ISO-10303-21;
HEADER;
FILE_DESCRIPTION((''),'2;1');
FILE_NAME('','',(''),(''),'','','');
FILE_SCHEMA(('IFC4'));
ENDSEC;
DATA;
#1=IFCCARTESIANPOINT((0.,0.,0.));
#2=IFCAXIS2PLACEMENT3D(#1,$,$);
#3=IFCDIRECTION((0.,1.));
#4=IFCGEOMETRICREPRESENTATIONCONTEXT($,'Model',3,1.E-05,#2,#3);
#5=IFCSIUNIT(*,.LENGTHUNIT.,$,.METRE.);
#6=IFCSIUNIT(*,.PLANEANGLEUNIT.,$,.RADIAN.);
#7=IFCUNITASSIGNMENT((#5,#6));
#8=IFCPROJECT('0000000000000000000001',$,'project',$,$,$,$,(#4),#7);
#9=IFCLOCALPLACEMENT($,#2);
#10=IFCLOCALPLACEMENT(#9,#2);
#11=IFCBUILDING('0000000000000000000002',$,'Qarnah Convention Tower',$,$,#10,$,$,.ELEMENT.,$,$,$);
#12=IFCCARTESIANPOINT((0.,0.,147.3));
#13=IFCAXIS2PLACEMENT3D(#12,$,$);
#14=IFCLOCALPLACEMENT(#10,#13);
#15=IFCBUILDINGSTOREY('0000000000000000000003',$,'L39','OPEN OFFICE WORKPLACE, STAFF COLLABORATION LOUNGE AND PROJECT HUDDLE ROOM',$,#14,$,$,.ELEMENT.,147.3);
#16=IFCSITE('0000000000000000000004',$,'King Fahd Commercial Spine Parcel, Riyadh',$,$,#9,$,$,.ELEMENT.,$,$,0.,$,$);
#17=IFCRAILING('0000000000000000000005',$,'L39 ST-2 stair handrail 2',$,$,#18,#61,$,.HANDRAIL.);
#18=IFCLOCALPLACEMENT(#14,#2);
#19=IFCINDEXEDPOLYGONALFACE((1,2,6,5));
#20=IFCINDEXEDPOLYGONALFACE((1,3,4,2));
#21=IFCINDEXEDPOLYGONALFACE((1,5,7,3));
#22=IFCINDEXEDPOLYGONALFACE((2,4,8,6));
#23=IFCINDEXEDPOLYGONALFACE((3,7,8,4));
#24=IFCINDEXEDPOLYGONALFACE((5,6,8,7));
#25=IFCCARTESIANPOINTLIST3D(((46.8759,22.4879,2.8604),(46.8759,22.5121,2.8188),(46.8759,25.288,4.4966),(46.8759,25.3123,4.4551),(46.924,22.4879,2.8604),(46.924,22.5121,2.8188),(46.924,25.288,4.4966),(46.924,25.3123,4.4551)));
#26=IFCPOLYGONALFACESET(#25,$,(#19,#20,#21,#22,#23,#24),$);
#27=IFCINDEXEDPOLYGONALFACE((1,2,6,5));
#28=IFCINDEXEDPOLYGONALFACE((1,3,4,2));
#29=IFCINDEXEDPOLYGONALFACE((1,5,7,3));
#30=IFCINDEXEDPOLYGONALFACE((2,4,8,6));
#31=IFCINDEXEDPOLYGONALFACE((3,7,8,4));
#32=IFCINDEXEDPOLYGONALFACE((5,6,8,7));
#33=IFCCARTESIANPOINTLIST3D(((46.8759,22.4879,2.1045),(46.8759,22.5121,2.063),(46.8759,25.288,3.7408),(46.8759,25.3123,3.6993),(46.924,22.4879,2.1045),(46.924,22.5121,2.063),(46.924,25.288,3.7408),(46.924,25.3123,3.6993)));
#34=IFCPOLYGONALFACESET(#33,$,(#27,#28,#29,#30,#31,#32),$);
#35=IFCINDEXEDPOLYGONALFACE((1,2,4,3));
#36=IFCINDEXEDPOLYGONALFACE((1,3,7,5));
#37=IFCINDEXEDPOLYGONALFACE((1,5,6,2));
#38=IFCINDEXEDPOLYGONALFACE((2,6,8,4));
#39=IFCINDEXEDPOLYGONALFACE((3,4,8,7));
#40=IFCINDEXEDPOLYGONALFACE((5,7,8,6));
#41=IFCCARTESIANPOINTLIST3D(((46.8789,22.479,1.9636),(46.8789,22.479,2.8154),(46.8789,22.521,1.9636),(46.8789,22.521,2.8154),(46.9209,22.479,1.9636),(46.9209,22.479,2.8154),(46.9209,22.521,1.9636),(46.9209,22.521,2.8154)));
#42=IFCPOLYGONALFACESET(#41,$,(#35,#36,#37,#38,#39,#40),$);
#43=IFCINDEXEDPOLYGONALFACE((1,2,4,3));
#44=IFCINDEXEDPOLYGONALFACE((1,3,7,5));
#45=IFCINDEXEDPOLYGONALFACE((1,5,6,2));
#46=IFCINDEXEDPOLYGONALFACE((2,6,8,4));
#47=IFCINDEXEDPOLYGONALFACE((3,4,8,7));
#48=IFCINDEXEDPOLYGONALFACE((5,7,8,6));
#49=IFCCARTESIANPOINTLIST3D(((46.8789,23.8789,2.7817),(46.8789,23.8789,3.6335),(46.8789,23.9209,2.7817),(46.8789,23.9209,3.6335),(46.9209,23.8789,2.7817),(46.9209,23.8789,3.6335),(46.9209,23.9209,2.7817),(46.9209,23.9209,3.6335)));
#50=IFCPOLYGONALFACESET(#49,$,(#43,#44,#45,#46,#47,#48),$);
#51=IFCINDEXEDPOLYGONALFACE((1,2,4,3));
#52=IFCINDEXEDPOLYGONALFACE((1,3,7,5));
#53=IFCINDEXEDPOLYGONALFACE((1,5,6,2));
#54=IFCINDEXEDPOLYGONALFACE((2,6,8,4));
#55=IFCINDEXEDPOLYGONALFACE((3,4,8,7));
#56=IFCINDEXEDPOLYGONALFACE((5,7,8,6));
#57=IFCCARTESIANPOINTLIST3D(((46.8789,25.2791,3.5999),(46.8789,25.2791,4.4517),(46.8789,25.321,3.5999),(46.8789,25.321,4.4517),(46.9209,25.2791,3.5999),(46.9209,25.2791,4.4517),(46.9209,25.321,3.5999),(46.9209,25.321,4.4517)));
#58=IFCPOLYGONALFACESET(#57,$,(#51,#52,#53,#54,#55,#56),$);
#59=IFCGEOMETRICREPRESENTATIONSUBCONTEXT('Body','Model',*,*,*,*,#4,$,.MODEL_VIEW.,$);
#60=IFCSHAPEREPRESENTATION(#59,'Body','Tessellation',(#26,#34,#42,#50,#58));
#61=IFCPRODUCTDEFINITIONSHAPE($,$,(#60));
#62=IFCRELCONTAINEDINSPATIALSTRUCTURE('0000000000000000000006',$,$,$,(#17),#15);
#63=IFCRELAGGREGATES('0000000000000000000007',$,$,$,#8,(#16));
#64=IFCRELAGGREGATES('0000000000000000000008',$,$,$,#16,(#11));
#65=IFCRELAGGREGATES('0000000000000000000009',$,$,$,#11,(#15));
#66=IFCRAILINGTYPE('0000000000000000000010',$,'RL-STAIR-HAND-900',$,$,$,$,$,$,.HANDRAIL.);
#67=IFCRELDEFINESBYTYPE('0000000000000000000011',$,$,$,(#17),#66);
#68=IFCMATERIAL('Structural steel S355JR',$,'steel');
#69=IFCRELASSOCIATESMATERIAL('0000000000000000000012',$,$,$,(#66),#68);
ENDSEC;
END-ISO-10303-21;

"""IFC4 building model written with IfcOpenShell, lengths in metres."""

from ifc_helpers import new_model, si_unit, direction, frame, origin, origin_2d, place, context, subcontext, project, spatial, rectangle, extrude, material, type_object, element, save


model = new_model("IFC4")

# Units and contexts
model_context = context("Model", 3, precision=1e-05, world=origin(), true_north=direction((0.0, 1.0)))
body_context = subcontext(model_context, "Body", "Model", "MODEL_VIEW")
ifc_project = project(units=[si_unit("LENGTHUNIT", "METRE"), si_unit("PLANEANGLEUNIT", "RADIAN")], contexts=[model_context])

# Site, building, storey
site_placement = place(None, origin())
site = spatial("IfcSite", under=ifc_project, at=site_placement, Name="King Fahd Commercial Spine Parcel, Riyadh", CompositionType="ELEMENT", RefElevation=0.0)
building_placement = place(site_placement, origin())
building = spatial("IfcBuilding", under=site, at=building_placement, Name="Qarnah Convention Tower", CompositionType="ELEMENT")
storey_placement = place(building_placement, frame((0.0, 0.0, 147.3)))
storey = spatial("IfcBuildingStorey", under=building, at=storey_placement, Name="L39", Description="OPEN OFFICE WORKPLACE, STAFF COLLABORATION LOUNGE AND PROJECT HUDDLE ROOM", CompositionType="ELEMENT", Elevation=147.3)

# Shared definitions
ifc_material_1 = material(Name="Structural steel S355JR", Category="steel")

# Railing
railing_type_1 = type_object("IfcRailingType", Name="RL-STAIR-HAND-900", PredefinedType="HANDRAIL", material=ifc_material_1)
railing_1_placement = place(storey_placement, frame((46.8999, 22.5, 1.9636)))
element("IfcRailing", 1, at=railing_1_placement, inside=storey, type_object=railing_type_1, Name="L39 ST-2 stair handrail 2", PredefinedType="HANDRAIL", context=body_context, shape_type="SweptSolid", body=[
    extrude(rectangle(XDim=0.0481, YDim=0.0481, at=origin_2d()), frame((0.0, 0.0, 0.876), z_axis=(0.0, 0.863394, 0.504531), x_axis=(-1.0, 0.0, 0.0)), (0.0, 0.0, 1.0), 3.2432),
    extrude(rectangle(XDim=0.0481, YDim=0.0481, at=origin_2d()), frame((0.0, 0.0, 0.1201), z_axis=(0.0, 0.863394, 0.504531), x_axis=(-1.0, 0.0, 0.0)), (0.0, 0.0, 1.0), 3.2432),
    extrude(rectangle(XDim=0.042, YDim=0.042, at=origin_2d()), origin(), (0.0, 0.0, 1.0), 0.8518),
    extrude(rectangle(XDim=0.042, YDim=0.042, at=origin_2d()), frame((0.0, 1.3999, 0.8181)), (0.0, 0.0, 1.0), 0.8518),
    extrude(rectangle(XDim=0.042, YDim=0.042, at=origin_2d()), frame((0.0, 2.8, 1.6362)), (0.0, 0.0, 1.0), 0.8518),
])

save(model, "model.ifc")
